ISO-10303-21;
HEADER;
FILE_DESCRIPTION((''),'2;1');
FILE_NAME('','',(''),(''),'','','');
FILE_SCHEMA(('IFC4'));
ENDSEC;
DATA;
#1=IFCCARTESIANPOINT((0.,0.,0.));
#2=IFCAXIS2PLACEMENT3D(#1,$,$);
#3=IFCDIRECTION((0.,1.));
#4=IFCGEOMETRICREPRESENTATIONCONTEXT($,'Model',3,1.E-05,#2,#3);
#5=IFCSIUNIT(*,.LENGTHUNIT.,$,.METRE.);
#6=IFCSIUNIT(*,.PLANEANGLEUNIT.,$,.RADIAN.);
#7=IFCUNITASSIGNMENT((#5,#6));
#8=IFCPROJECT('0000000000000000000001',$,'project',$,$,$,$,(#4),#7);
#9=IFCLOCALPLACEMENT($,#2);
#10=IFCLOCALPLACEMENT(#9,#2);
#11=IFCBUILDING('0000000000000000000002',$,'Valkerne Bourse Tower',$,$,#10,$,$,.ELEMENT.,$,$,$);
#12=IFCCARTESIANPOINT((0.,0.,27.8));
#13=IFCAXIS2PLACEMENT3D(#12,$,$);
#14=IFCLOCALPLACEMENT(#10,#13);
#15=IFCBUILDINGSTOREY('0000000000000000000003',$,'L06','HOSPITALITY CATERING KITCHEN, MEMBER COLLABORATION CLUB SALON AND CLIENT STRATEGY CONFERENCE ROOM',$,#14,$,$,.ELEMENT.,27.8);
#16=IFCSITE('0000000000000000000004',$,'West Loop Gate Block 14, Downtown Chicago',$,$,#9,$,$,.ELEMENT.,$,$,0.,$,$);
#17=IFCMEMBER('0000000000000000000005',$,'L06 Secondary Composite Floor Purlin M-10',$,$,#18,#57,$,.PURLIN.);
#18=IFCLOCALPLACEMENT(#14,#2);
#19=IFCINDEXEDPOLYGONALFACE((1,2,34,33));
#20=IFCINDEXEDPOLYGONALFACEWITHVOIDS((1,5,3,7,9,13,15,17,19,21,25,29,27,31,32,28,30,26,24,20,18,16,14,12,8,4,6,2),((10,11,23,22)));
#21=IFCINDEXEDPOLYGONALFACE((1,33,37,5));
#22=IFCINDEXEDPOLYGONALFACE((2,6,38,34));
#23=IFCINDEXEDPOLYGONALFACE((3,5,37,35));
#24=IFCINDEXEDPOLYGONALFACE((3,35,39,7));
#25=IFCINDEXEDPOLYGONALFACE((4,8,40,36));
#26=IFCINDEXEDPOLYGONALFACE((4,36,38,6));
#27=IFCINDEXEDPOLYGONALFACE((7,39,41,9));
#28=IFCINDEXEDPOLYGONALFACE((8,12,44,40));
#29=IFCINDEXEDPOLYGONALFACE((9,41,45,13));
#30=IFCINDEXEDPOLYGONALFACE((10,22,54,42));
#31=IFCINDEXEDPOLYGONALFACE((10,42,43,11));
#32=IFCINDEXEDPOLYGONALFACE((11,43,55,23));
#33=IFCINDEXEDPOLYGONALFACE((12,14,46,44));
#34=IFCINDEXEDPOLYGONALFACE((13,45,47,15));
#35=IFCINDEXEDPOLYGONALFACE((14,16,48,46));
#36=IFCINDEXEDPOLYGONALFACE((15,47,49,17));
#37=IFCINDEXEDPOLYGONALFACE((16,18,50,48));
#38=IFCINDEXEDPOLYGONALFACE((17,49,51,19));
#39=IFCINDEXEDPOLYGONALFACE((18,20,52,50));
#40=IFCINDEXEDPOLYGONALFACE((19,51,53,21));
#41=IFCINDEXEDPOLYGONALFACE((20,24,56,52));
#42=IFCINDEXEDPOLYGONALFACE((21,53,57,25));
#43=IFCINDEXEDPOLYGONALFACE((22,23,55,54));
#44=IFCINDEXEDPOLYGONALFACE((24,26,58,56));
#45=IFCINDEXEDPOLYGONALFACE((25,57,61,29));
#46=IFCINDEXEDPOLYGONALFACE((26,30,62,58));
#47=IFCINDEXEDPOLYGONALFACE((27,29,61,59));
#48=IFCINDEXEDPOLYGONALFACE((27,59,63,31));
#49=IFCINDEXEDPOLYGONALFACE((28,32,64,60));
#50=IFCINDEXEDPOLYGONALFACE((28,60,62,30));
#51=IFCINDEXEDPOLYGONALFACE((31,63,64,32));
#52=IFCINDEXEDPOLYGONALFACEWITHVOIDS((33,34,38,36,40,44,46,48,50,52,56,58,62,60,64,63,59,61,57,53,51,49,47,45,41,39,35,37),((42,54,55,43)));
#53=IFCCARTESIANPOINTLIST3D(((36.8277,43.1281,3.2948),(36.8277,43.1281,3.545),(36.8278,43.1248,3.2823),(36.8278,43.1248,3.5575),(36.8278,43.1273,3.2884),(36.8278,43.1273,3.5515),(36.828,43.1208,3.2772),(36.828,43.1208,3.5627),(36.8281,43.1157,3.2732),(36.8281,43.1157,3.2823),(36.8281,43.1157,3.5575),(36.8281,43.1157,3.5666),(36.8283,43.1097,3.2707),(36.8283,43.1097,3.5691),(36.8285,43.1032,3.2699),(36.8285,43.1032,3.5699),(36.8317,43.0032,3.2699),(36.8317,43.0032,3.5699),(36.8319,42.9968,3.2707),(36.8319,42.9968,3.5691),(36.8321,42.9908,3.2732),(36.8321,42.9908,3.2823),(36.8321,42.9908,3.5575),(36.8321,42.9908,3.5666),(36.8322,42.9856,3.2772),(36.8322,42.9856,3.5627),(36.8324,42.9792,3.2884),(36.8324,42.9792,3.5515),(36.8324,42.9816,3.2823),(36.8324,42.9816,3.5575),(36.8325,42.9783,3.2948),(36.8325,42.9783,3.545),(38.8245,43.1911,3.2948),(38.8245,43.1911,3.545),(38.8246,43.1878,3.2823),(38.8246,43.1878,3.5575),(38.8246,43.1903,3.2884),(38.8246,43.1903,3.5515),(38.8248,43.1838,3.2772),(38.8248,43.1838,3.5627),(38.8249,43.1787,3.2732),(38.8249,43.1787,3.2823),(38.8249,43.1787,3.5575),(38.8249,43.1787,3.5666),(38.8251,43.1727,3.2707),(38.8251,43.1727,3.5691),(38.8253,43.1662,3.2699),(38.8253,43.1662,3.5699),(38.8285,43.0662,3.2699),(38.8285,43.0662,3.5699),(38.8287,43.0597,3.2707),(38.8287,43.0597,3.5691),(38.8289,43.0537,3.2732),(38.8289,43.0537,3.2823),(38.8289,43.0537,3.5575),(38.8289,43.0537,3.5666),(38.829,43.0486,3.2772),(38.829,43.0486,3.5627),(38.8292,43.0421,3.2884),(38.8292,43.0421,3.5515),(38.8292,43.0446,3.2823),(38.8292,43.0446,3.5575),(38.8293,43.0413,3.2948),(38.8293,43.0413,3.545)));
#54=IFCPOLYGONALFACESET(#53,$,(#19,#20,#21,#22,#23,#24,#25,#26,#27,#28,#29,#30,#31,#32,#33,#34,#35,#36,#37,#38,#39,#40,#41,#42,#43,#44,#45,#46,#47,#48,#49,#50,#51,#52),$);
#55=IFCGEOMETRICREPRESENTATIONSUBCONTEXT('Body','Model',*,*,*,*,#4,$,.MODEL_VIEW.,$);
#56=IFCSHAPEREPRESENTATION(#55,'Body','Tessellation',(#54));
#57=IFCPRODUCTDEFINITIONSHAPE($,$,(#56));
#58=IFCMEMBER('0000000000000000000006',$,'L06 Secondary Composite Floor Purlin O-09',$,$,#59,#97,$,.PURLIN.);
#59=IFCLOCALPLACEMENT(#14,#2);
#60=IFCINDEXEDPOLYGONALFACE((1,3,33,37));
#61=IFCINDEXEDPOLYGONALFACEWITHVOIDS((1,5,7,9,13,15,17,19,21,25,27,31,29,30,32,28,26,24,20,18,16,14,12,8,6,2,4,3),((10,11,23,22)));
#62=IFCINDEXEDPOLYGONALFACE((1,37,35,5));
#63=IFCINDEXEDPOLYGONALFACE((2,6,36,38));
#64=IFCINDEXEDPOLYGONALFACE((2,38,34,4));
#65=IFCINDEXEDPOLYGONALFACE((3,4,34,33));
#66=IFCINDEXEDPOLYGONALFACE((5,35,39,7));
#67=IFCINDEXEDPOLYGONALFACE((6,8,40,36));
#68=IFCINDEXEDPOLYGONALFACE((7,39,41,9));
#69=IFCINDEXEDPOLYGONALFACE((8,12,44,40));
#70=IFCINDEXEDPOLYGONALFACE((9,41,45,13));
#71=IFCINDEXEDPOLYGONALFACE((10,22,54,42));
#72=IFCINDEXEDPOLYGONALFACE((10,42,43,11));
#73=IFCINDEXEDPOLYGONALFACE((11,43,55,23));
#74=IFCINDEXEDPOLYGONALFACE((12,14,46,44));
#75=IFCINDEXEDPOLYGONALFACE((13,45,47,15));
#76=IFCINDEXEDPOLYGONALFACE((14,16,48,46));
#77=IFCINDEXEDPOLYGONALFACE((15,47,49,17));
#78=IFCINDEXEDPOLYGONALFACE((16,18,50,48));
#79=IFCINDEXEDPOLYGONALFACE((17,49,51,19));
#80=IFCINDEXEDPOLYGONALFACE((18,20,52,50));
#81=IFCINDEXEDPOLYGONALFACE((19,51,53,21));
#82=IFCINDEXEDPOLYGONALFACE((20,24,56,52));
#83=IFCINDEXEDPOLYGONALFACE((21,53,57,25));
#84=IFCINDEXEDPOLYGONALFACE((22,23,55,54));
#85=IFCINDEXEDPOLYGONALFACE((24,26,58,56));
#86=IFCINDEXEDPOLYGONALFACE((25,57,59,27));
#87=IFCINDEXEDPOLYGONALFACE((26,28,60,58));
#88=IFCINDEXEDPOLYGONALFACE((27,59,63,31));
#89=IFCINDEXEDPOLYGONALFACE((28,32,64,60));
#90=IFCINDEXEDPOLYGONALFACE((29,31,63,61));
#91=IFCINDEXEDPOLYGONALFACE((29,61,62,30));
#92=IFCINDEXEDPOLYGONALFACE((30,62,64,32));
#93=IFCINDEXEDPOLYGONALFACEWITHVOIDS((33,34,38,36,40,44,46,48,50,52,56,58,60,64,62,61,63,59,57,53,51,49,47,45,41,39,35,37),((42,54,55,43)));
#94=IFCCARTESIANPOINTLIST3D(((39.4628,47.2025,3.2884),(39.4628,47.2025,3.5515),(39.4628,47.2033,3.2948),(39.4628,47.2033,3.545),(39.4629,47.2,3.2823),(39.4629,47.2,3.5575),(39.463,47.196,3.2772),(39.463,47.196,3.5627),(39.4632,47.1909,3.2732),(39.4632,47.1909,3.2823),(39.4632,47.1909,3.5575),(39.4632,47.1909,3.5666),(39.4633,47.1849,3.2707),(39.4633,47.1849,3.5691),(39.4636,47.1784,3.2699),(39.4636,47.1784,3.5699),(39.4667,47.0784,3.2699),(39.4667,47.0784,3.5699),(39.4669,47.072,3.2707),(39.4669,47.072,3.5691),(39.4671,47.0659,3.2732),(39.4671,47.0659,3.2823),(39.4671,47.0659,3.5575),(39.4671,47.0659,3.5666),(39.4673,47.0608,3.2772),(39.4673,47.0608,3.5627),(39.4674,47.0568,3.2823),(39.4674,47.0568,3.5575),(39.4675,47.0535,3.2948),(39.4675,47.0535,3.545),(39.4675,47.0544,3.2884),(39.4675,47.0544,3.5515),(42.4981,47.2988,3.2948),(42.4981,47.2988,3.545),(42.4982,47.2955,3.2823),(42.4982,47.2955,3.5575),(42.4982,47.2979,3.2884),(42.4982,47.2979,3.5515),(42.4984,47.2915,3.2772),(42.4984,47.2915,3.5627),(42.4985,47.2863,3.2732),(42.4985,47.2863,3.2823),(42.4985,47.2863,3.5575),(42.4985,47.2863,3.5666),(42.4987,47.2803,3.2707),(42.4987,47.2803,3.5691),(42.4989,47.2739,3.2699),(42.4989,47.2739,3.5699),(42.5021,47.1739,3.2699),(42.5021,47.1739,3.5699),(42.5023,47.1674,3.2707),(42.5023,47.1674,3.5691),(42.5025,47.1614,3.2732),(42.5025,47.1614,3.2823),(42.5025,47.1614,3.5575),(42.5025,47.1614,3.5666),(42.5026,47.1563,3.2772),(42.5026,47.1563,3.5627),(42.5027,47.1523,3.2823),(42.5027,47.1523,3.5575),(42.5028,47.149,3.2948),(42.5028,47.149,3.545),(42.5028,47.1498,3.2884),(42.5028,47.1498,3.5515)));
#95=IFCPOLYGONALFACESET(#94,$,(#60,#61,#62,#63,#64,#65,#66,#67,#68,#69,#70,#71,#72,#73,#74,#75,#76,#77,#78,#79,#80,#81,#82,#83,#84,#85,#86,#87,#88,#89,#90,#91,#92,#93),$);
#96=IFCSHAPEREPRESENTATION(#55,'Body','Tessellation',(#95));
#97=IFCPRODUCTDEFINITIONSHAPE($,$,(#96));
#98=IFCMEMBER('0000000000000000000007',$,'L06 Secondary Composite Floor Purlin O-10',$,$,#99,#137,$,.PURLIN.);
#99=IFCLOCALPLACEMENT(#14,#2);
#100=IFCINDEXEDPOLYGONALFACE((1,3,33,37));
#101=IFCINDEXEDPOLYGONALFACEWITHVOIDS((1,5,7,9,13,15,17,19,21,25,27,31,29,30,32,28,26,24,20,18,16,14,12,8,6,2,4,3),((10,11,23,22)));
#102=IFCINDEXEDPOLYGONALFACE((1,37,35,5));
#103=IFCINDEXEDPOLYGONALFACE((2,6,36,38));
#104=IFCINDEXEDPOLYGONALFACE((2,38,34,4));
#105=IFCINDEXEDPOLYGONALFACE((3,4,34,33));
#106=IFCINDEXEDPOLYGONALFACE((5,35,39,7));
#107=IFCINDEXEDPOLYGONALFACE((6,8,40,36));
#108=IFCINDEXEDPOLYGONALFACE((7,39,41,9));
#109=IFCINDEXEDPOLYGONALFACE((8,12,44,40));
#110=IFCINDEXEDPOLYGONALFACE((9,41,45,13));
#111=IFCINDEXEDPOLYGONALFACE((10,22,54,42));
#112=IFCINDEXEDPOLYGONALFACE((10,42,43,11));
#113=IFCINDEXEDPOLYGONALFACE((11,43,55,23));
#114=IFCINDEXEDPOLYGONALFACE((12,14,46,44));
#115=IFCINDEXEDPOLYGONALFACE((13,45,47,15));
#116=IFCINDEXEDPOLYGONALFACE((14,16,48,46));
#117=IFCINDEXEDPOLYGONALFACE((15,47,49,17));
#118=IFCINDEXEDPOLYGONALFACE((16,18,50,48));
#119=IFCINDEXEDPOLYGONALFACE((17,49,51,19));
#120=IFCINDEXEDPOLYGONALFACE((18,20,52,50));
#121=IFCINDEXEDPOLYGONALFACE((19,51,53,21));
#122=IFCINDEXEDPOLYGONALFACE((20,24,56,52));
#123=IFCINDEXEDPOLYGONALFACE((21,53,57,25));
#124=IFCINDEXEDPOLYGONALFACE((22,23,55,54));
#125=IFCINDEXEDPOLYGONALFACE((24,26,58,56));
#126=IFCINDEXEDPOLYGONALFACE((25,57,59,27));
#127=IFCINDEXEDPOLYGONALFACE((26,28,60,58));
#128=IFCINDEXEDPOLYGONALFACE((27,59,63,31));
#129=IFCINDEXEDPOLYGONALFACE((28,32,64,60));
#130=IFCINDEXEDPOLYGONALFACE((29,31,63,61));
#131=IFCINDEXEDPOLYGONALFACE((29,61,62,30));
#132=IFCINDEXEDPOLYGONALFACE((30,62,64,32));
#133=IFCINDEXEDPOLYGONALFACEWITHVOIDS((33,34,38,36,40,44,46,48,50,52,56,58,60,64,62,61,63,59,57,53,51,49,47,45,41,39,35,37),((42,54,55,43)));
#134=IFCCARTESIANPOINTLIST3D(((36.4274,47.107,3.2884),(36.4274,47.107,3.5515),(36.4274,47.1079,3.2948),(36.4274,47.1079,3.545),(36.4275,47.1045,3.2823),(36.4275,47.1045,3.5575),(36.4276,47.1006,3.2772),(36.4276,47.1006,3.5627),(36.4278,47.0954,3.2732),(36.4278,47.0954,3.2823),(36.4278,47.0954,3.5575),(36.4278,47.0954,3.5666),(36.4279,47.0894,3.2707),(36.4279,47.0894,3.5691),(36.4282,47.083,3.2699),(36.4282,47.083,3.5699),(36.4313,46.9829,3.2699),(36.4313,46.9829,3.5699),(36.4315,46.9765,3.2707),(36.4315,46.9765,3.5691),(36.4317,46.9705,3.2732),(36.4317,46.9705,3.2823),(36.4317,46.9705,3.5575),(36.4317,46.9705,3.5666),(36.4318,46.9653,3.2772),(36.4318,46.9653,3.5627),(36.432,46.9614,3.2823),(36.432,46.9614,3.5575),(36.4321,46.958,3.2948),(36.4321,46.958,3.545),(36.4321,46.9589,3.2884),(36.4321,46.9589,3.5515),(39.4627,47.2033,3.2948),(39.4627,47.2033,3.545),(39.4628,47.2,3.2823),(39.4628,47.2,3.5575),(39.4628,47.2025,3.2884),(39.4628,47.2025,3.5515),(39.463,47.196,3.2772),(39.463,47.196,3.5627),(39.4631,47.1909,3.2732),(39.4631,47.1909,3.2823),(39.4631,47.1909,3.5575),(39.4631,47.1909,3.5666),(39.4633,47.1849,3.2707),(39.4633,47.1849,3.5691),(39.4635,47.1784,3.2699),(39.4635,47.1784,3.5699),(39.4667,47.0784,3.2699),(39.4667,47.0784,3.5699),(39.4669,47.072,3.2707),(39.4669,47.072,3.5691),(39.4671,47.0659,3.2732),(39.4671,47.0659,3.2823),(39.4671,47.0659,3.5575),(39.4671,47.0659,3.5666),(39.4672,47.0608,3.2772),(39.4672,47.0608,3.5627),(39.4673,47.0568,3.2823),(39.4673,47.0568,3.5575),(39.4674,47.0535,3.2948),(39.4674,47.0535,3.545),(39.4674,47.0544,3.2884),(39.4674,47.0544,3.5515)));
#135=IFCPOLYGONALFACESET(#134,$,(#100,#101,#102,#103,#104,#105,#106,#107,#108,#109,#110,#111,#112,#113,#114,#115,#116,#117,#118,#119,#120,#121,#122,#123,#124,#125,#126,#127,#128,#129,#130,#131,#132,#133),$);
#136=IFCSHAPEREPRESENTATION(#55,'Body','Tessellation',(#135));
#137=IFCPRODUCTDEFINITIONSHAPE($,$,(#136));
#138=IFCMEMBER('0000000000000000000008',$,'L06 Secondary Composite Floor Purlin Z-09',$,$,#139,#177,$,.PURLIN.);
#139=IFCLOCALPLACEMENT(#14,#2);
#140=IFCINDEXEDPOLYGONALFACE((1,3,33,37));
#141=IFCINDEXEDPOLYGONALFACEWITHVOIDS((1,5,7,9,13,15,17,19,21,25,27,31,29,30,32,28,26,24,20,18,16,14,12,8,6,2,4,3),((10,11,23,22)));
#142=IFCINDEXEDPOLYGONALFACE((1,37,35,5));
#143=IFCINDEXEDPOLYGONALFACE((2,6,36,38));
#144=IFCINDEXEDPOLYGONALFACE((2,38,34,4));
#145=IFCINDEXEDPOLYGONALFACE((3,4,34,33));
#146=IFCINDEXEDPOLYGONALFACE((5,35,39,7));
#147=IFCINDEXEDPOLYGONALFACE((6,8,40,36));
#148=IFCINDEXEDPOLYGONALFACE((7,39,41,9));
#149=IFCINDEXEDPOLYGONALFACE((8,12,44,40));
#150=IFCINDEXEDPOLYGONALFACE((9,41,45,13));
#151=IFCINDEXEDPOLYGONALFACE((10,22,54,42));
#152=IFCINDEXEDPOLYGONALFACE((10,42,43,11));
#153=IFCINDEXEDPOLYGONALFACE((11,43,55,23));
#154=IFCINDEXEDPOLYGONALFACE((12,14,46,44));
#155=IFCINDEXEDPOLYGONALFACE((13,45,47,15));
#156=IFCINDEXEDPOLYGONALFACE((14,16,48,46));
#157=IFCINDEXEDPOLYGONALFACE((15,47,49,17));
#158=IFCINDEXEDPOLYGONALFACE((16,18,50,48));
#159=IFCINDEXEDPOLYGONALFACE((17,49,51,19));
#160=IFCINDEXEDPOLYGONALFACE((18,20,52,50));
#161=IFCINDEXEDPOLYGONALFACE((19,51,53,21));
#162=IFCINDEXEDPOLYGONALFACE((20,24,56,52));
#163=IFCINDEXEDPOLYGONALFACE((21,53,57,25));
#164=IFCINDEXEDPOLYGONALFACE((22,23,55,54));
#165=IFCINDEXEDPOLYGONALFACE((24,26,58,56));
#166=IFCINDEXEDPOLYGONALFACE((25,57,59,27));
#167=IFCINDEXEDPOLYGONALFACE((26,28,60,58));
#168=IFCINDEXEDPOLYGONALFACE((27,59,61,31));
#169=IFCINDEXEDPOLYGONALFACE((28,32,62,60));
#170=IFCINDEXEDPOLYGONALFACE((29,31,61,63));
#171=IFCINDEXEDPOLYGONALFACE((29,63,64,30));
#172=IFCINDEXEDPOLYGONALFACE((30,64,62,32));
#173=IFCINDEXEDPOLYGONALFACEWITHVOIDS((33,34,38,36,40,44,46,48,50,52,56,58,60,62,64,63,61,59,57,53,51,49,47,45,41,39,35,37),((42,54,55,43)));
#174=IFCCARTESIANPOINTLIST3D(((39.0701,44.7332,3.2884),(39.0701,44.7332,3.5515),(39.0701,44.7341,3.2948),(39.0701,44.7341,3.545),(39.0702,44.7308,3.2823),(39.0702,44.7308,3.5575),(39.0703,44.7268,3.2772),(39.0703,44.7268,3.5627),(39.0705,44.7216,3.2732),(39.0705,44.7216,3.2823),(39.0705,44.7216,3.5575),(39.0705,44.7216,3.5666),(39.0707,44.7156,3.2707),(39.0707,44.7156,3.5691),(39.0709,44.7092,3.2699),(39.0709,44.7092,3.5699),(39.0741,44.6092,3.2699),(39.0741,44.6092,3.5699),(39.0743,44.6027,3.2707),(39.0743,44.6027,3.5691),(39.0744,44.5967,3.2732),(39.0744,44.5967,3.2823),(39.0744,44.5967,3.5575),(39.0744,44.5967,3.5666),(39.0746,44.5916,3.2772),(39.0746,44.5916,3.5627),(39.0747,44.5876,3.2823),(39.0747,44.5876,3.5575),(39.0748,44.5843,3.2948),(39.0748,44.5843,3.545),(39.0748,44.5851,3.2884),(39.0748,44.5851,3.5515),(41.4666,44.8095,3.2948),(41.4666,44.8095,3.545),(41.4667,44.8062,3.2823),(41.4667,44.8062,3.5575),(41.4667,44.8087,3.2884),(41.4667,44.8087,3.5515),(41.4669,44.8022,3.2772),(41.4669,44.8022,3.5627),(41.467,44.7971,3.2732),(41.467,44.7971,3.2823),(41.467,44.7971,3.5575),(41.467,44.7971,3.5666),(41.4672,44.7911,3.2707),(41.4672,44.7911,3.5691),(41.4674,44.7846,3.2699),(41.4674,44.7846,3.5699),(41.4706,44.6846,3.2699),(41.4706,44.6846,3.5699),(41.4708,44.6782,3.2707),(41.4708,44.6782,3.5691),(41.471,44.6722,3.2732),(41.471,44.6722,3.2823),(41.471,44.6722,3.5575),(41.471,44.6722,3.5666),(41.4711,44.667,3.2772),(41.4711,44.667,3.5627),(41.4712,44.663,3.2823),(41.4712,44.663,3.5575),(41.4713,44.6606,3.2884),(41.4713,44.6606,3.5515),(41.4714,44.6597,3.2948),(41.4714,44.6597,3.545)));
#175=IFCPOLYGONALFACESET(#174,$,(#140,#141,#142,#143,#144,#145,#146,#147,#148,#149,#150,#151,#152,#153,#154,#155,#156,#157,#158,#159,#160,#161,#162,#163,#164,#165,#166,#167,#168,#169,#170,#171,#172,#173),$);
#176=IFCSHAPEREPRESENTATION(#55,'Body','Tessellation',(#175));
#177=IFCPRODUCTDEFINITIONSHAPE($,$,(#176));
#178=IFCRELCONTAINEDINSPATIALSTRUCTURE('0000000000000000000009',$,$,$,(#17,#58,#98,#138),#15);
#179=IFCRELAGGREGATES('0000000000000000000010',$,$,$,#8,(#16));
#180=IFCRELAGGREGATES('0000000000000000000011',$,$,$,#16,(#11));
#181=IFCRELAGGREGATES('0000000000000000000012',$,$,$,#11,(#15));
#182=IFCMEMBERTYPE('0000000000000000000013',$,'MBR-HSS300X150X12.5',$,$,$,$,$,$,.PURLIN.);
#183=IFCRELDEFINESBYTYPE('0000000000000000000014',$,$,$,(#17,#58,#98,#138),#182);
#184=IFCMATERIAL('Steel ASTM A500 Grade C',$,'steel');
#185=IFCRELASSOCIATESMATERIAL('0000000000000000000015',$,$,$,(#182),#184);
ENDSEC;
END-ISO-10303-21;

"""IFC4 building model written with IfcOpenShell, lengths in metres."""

from ifc_helpers import new_model, si_unit, direction, frame, origin, origin_2d, place, context, subcontext, project, spatial, hollow_rectangle, extrude, material, material_profile, profile_set, type_object, element, save


model = new_model("IFC4")

# Units and contexts
model_context = context("Model", 3, precision=1e-05, world=origin(), true_north=direction((0.0, 1.0)))
body_context = subcontext(model_context, "Body", "Model", "MODEL_VIEW")
ifc_project = project(units=[si_unit("LENGTHUNIT", "METRE"), si_unit("PLANEANGLEUNIT", "RADIAN")], contexts=[model_context])

# Site, building, storey
site_placement = place(None, origin())
site = spatial("IfcSite", under=ifc_project, at=site_placement, Name="West Loop Gate Block 14, Downtown Chicago", CompositionType="ELEMENT", RefElevation=0.0)
building_placement = place(site_placement, origin())
building = spatial("IfcBuilding", under=site, at=building_placement, Name="Valkerne Bourse Tower", CompositionType="ELEMENT")
storey_placement = place(building_placement, frame((0.0, 0.0, 27.8)))
storey = spatial("IfcBuildingStorey", under=building, at=storey_placement, Name="L06", Description="HOSPITALITY CATERING KITCHEN, MEMBER COLLABORATION CLUB SALON AND CLIENT STRATEGY CONFERENCE ROOM", CompositionType="ELEMENT", Elevation=27.8)

# Members
ifc_material_1 = material(Name="Steel ASTM A500 Grade C", Category="steel")
ifc_material_profile_1 = material_profile(ifc_material_1, hollow_rectangle(XDim=0.1499, YDim=0.3, WallThickness=0.0125, OuterFilletRadius=0.0249, at=origin_2d()), Name="HSS300X150X12.5")
ifc_profile_set_1 = profile_set([ifc_material_profile_1], Name="Steel ASTM A500 Grade C")
member_type_1 = type_object("IfcMemberType", Name="MBR-HSS300X150X12.5", PredefinedType="PURLIN", material=ifc_profile_set_1)
member_1_placement = place(storey_placement, frame((38.8269, 43.1162, 3.4199), z_axis=(-0.999503, -0.031529, 0.0), x_axis=(0.031529, -0.999503, 0.0)))
element("IfcMember", 1, at=member_1_placement, inside=storey, type_object=member_type_1, Name="L06 Secondary Composite Floor Purlin M-10", PredefinedType="PURLIN", context=body_context, shape_type="SweptSolid", body=[
    extrude(hollow_rectangle(XDim=0.1499, YDim=0.3, WallThickness=0.0125, OuterFilletRadius=0.0249, at=origin_2d()), origin(), (0.0, 0.0, 1.0), 1.9978),
])
for number, where, z_axis, x_axis, name in (
    (2, (42.5005, 47.2239, 3.4199), (-0.999506, -0.031433, 0.0), (0.031433, -0.999506, 0.0), "L06 Secondary Composite Floor Purlin O-09"),
    (3, (39.4651, 47.1284, 3.4199), (-0.999506, -0.031433, 0.0), (0.031433, -0.999506, 0.0), "L06 Secondary Composite Floor Purlin O-10"),
):
    element("IfcMember", number, at=place(storey_placement, frame(where, z_axis=z_axis, x_axis=x_axis)), inside=storey, type_object=member_type_1, Name=name, PredefinedType="PURLIN", context=body_context, shape_type="SweptSolid", body=[
        extrude(hollow_rectangle(XDim=0.1499, YDim=0.3, WallThickness=0.0125, OuterFilletRadius=0.0249, at=origin_2d()), origin(), (0.0, 0.0, 1.0), 3.0369),
    ])
for number, where, z_axis, x_axis, name in (
    (4, (41.469, 44.7346, 3.4199), (-0.999505, -0.031464, 0.0), (0.031464, -0.999505, 0.0), "L06 Secondary Composite Floor Purlin Z-09"),
):
    element("IfcMember", number, at=place(storey_placement, frame(where, z_axis=z_axis, x_axis=x_axis)), inside=storey, type_object=member_type_1, Name=name, PredefinedType="PURLIN", context=body_context, shape_type="SweptSolid", body=[
        extrude(hollow_rectangle(XDim=0.1499, YDim=0.3, WallThickness=0.0125, OuterFilletRadius=0.0249, at=origin_2d()), origin(), (0.0, 0.0, 1.0), 2.3977),
    ])

save(model, "model.ifc")
